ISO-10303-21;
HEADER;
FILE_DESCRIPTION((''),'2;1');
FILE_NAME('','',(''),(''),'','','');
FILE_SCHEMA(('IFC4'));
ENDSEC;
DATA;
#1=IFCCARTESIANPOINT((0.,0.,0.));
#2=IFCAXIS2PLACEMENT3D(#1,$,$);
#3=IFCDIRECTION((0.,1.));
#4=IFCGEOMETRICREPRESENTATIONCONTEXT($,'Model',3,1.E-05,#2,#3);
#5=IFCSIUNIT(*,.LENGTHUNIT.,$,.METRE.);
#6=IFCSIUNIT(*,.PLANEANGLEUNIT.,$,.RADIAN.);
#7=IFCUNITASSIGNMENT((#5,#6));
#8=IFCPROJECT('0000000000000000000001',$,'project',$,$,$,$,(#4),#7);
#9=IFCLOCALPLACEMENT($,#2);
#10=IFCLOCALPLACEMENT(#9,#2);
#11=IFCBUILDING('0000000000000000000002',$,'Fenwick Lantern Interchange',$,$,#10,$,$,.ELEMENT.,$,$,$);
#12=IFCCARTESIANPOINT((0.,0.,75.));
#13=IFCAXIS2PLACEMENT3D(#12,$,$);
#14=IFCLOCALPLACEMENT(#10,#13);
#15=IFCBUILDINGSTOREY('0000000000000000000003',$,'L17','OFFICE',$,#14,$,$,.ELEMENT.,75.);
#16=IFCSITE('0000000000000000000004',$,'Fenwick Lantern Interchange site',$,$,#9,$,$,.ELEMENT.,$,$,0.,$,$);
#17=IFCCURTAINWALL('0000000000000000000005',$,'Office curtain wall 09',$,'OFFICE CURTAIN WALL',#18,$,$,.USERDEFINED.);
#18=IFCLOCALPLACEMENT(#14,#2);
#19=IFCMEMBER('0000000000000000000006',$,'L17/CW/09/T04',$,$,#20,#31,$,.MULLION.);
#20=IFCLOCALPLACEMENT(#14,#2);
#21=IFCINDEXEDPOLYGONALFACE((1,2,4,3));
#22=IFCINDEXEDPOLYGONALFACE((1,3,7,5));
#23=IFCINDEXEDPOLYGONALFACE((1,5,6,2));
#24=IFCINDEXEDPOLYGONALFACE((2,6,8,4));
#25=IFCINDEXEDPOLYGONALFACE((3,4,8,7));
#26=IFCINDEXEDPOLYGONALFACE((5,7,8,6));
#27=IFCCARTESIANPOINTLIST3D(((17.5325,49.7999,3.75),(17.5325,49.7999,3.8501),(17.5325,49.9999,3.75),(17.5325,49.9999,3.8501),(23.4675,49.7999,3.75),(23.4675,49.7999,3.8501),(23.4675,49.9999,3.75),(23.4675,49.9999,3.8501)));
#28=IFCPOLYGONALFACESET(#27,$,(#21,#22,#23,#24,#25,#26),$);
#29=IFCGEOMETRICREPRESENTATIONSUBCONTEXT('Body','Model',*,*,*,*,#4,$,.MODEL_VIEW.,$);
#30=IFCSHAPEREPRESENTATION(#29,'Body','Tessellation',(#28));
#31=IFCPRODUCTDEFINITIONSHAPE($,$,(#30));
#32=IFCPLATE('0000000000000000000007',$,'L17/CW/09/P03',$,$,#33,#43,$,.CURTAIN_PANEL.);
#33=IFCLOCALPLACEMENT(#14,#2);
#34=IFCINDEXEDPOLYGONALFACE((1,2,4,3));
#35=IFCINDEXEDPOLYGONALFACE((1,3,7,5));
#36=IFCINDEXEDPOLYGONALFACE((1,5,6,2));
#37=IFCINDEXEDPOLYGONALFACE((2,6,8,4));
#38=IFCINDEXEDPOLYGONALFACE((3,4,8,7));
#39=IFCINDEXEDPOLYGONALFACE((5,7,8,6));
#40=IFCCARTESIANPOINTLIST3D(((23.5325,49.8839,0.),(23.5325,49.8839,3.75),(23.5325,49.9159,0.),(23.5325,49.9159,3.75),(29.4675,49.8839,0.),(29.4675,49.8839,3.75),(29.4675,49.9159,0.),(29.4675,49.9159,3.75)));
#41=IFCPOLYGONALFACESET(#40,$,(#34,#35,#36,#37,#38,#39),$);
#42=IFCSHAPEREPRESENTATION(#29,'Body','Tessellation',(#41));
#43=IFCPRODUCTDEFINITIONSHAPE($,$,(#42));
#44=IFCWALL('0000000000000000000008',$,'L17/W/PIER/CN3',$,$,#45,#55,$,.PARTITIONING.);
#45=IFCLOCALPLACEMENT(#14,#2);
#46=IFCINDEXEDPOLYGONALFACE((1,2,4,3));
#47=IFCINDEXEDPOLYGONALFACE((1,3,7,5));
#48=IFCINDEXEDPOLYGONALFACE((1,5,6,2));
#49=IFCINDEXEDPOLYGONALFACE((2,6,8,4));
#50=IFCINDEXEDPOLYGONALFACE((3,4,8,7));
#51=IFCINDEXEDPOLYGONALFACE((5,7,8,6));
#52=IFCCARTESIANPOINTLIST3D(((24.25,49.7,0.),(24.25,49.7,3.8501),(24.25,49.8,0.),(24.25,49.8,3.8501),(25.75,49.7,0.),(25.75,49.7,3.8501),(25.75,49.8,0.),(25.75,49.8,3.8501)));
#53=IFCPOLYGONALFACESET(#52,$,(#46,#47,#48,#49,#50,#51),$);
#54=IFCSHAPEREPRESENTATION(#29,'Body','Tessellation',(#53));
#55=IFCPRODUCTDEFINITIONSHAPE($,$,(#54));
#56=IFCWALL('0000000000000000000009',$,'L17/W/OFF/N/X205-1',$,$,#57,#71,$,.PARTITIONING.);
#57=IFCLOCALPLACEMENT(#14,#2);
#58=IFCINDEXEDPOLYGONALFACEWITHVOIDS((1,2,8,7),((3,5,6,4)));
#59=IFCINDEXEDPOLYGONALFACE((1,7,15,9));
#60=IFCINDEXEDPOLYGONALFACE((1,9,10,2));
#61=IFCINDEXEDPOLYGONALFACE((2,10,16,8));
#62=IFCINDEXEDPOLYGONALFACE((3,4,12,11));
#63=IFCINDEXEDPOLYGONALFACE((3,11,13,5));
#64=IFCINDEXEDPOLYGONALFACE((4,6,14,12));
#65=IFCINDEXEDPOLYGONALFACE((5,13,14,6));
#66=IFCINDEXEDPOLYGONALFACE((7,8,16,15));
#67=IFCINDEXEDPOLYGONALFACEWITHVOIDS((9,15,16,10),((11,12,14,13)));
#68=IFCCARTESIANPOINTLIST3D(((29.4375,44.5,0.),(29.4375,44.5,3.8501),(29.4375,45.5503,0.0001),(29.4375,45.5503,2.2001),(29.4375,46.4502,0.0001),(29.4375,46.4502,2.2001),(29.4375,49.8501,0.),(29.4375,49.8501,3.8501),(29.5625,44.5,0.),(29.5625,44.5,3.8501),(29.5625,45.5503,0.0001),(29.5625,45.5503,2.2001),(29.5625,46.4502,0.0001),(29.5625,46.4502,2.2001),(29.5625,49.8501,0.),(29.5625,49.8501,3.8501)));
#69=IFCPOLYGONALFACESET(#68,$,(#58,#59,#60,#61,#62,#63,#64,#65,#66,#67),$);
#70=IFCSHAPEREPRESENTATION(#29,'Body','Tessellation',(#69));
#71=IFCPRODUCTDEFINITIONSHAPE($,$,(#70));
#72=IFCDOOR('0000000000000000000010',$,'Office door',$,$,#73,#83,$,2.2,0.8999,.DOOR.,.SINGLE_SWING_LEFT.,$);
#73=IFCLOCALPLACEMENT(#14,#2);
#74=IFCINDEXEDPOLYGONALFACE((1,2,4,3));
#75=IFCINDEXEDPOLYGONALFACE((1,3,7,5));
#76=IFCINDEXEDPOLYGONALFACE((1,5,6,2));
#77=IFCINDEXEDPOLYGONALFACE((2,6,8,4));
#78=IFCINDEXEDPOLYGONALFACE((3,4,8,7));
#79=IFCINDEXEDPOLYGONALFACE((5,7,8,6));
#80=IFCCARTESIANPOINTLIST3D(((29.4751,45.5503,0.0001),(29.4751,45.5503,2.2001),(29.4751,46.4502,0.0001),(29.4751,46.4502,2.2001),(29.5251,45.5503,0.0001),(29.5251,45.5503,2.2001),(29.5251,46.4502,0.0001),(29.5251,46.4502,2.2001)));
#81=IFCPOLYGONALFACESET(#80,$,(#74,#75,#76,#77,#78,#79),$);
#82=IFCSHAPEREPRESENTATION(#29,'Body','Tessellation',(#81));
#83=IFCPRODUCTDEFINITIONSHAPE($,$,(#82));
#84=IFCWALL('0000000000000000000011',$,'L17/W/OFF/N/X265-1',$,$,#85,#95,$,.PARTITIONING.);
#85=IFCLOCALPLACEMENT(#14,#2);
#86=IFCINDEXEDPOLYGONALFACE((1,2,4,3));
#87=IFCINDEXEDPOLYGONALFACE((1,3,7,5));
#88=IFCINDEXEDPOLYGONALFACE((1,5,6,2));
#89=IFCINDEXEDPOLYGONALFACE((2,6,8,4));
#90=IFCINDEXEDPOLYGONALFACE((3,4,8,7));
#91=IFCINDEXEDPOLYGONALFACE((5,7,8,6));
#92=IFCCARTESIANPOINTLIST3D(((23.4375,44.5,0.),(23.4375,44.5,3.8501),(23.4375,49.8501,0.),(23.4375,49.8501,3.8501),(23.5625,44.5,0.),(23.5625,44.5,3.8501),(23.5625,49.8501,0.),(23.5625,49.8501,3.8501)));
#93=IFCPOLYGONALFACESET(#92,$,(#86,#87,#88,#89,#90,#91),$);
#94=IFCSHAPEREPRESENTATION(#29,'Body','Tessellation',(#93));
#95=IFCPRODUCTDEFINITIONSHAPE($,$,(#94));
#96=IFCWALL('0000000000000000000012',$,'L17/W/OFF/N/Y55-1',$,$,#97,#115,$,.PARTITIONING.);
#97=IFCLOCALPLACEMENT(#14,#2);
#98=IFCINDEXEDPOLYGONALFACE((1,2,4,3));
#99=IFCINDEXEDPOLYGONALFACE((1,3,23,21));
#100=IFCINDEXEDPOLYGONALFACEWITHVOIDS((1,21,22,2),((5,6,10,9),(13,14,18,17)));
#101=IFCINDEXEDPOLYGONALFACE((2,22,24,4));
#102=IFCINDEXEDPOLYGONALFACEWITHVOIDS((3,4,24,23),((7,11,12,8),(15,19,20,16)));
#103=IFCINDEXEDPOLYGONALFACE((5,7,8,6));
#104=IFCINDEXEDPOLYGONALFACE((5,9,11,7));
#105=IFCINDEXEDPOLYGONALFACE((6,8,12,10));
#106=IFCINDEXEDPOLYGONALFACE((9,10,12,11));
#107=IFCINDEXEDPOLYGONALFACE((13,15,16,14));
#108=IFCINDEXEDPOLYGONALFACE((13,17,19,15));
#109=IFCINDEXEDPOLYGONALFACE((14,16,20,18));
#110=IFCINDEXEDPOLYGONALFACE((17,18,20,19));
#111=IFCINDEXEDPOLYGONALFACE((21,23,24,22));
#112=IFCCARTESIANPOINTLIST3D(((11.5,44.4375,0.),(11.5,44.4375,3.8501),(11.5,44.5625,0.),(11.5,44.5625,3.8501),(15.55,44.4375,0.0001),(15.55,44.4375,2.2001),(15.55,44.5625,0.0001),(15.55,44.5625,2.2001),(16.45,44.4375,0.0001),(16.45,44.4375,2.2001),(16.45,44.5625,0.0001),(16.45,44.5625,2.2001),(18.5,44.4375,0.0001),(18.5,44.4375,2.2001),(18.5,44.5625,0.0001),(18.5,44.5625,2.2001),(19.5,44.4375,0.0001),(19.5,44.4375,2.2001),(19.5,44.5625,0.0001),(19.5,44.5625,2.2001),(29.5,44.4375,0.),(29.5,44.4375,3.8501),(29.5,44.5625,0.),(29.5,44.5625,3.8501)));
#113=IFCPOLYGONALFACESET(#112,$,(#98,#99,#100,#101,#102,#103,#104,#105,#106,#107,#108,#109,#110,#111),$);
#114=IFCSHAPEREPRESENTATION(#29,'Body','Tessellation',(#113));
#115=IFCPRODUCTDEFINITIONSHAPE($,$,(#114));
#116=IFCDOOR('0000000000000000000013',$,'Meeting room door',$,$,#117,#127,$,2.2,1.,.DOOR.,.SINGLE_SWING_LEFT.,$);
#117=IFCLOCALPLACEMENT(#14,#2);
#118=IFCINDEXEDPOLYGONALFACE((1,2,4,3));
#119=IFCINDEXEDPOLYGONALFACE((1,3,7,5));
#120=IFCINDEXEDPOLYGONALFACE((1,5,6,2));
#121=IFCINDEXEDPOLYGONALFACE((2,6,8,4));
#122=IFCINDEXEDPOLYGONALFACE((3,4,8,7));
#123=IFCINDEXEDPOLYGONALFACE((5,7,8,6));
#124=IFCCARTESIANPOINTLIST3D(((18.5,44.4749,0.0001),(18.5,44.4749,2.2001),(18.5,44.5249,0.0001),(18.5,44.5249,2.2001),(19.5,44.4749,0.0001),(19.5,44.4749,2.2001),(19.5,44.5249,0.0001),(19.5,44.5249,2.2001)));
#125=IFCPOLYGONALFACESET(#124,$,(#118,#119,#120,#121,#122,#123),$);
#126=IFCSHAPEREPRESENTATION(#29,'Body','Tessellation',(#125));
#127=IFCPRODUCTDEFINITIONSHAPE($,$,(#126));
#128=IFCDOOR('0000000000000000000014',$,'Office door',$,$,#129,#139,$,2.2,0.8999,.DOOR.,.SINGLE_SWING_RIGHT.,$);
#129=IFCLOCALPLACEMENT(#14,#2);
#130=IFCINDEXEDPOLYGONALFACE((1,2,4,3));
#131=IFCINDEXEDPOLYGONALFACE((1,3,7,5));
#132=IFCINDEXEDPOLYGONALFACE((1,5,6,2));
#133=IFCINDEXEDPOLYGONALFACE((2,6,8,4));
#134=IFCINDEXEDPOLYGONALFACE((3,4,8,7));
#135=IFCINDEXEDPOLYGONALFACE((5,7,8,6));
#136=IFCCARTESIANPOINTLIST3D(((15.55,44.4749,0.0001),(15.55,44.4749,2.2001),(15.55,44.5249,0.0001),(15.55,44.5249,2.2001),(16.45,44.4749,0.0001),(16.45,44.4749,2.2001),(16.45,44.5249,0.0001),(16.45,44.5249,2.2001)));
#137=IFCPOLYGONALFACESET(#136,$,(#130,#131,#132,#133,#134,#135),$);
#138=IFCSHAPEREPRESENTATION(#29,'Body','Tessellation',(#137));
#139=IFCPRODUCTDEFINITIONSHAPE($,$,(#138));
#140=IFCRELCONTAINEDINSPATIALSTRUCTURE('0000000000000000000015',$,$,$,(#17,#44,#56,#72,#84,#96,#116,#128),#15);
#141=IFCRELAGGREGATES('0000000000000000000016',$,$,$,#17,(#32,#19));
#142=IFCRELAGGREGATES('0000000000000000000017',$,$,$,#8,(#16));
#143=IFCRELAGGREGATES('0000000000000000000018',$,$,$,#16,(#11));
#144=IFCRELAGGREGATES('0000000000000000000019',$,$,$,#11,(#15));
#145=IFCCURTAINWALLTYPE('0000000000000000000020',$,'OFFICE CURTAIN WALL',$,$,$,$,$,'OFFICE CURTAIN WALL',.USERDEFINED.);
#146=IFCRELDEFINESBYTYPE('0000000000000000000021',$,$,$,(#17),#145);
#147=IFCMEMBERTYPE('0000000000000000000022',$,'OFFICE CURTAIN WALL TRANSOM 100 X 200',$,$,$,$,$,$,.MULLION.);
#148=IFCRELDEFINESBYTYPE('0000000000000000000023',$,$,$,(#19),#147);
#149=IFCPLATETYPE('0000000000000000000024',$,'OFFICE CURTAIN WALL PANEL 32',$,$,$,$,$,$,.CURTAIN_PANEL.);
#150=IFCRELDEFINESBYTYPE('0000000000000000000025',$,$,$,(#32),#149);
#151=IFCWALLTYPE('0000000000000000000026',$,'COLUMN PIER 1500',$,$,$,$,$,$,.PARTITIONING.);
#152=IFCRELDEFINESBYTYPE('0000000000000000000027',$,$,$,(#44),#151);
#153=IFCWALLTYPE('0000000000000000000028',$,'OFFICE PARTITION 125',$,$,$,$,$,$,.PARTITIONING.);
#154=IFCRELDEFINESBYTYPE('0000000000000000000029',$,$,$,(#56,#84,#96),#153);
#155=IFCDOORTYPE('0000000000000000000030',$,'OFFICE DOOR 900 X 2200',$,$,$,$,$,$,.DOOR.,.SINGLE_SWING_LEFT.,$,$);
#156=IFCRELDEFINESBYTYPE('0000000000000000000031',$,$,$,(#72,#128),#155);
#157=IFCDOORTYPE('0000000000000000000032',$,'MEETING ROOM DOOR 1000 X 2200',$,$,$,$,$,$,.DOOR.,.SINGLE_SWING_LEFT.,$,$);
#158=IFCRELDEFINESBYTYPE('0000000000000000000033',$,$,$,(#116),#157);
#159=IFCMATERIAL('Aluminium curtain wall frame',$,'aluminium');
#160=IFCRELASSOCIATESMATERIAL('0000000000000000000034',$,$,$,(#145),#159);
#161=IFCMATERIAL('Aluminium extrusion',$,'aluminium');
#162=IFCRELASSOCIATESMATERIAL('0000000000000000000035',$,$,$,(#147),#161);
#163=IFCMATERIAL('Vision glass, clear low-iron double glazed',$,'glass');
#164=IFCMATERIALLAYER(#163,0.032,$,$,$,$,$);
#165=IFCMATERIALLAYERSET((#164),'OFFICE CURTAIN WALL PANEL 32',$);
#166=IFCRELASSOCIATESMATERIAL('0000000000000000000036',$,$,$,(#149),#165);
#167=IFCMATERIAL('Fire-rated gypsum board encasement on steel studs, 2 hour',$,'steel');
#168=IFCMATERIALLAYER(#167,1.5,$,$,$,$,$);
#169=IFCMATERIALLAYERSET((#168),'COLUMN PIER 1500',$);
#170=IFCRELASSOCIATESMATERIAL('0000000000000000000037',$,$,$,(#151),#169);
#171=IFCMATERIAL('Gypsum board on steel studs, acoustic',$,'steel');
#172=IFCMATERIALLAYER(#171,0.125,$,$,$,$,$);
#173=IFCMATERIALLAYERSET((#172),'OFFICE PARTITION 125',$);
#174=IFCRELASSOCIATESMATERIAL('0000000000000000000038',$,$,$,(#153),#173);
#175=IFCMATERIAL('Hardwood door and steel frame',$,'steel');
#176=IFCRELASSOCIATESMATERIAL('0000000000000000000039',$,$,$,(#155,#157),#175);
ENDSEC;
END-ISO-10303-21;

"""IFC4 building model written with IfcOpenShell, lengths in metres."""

from ifc_helpers import new_model, si_unit, direction, frame, frame_2d, origin, origin_2d, place, context, subcontext, project, spatial, rectangle, extrude, material, layer, layer_set, material_profile, profile_set, type_object, element, fill, aggregate, save


model = new_model("IFC4")

# Units and contexts
model_context = context("Model", 3, precision=1e-05, world=origin(), true_north=direction((0.0, 1.0)))
body_context = subcontext(model_context, "Body", "Model", "MODEL_VIEW")
ifc_project = project(units=[si_unit("LENGTHUNIT", "METRE"), si_unit("PLANEANGLEUNIT", "RADIAN")], contexts=[model_context])

# Site, building, storey
site_placement = place(None, origin())
site = spatial("IfcSite", under=ifc_project, at=site_placement, Name="Fenwick Lantern Interchange site", CompositionType="ELEMENT", RefElevation=0.0)
building_placement = place(site_placement, origin())
building = spatial("IfcBuilding", under=site, at=building_placement, Name="Fenwick Lantern Interchange", CompositionType="ELEMENT")
storey_placement = place(building_placement, frame((0.0, 0.0, 75.0)))
storey = spatial("IfcBuildingStorey", under=building, at=storey_placement, Name="L17", Description="OFFICE", CompositionType="ELEMENT", Elevation=75.0)

# Curtain wall, member, plate
ifc_material_1 = material(Name="Aluminium curtain wall frame", Category="aluminium")
curtain_wall_type = type_object("IfcCurtainWallType", Name="OFFICE CURTAIN WALL", ElementType="OFFICE CURTAIN WALL", PredefinedType="USERDEFINED", material=ifc_material_1)
curtain_wall_placement = place(storey_placement, origin())
curtain_wall = element("IfcCurtainWall", 1, at=curtain_wall_placement, inside=storey, type_object=curtain_wall_type, Name="Office curtain wall 09", ObjectType="OFFICE CURTAIN WALL", PredefinedType="USERDEFINED")
ifc_material_2 = material(Name="Aluminium extrusion", Category="aluminium")
ifc_material_profile_1 = material_profile(ifc_material_2, rectangle(XDim=0.2, YDim=0.1001, at=origin_2d()), Name="OFFICE CURTAIN WALL TRANSOM 100 X 200")
ifc_profile_set_1 = profile_set([ifc_material_profile_1], Name="Aluminium extrusion")
member_type_1 = type_object("IfcMemberType", Name="OFFICE CURTAIN WALL TRANSOM 100 X 200", PredefinedType="MULLION", material=ifc_profile_set_1)
member_1_placement = place(storey_placement, frame((23.4675, 49.8999, 3.8), z_axis=(-1.0, 0.0, 0.0), x_axis=(0.0, -1.0, 0.0)))
member_1 = element("IfcMember", 2, at=member_1_placement, type_object=member_type_1, Name="L17/CW/09/T04", PredefinedType="MULLION", context=body_context, shape_type="SweptSolid", body=[
    extrude(rectangle(XDim=0.2, YDim=0.1001, at=origin_2d()), origin(), (0.0, 0.0, 1.0), 5.9351),
])
ifc_material_3 = material(Name="Vision glass, clear low-iron double glazed", Category="glass")
ifc_layer_1 = layer(ifc_material_3, 0.032)
ifc_layer_set_1 = layer_set([ifc_layer_1], Name="OFFICE CURTAIN WALL PANEL 32")
plate_type = type_object("IfcPlateType", Name="OFFICE CURTAIN WALL PANEL 32", PredefinedType="CURTAIN_PANEL", material=ifc_layer_set_1)
plate_placement = place(storey_placement, frame((26.5, 49.8999, 0.0), z_axis=(0.0, 0.0, 1.0), x_axis=(-1.0, 0.0, 0.0)))
plate = element("IfcPlate", 3, at=plate_placement, type_object=plate_type, Name="L17/CW/09/P03", PredefinedType="CURTAIN_PANEL", context=body_context, shape_type="SweptSolid", body=[
    extrude(rectangle(XDim=5.9351, YDim=0.032, at=origin_2d()), origin(), (0.0, 0.0, 1.0), 3.75),
])
aggregate(curtain_wall, [plate, member_1])

# Wall
ifc_material_4 = material(Name="Fire-rated gypsum board encasement on steel studs, 2 hour", Category="steel")
ifc_layer_2 = layer(ifc_material_4, 1.5)
ifc_layer_set_2 = layer_set([ifc_layer_2], Name="COLUMN PIER 1500")
wall_type_1 = type_object("IfcWallType", Name="COLUMN PIER 1500", PredefinedType="PARTITIONING", material=ifc_layer_set_2)
wall_1_placement = place(storey_placement, frame((25.0, 49.8, 0.0), z_axis=(0.0, 0.0, 1.0), x_axis=(0.0, -1.0, 0.0)))
element("IfcWall", 4, at=wall_1_placement, inside=storey, type_object=wall_type_1, Name="L17/W/PIER/CN3", PredefinedType="PARTITIONING", context=body_context, shape_type="SweptSolid", body=[
    extrude(rectangle(XDim=0.1001, YDim=1.5, at=frame_2d((0.05, 0.0))), origin(), (0.0, 0.0, 1.0), 3.8501),
])

# Wall, opening, door
ifc_material_5 = material(Name="Gypsum board on steel studs, acoustic", Category="steel")
ifc_layer_3 = layer(ifc_material_5, 0.125)
ifc_layer_set_3 = layer_set([ifc_layer_3], Name="OFFICE PARTITION 125")
wall_type_2 = type_object("IfcWallType", Name="OFFICE PARTITION 125", PredefinedType="PARTITIONING", material=ifc_layer_set_3)
wall_2_placement = place(storey_placement, frame((29.5, 49.8501, 0.0), z_axis=(0.0, 0.0, 1.0), x_axis=(0.0, -1.0, 0.0)))
wall_2 = element("IfcWall", 5, at=wall_2_placement, inside=storey, type_object=wall_type_2, Name="L17/W/OFF/N/X205-1", PredefinedType="PARTITIONING", context=body_context, shape_type="SweptSolid", body=[
    extrude(rectangle(XDim=5.3501, YDim=0.125, at=frame_2d((2.675, 0.0))), origin(), (0.0, 0.0, 1.0), 3.8501),
])
opening_1_placement = place(wall_2_placement, frame((3.3999, 0.0, 0.0)))
opening_1 = element("IfcOpeningElement", 6, at=opening_1_placement, cuts=wall_2, PredefinedType="OPENING", context=body_context, shape_type="SweptSolid", body=[
    extrude(rectangle(XDim=0.8999, YDim=2.2, at=frame_2d((0.45, 1.1001))), frame((0.0, 0.0725, 0.0), z_axis=(0.0, -1.0, 0.0), x_axis=(1.0, 0.0, 0.0)), (0.0, 0.0, 1.0), 0.145),
])
ifc_material_6 = material(Name="Hardwood door and steel frame", Category="steel")
door_type_1 = type_object("IfcDoorType", Name="OFFICE DOOR 900 X 2200", OperationType="SINGLE_SWING_LEFT", PredefinedType="DOOR", material=ifc_material_6)
door_1_placement = place(opening_1_placement, frame((0.8999, 0.0, 0.0), z_axis=(0.0, 0.0, 1.0), x_axis=(-1.0, 0.0, 0.0)))
door_1 = element("IfcDoor", 7, at=door_1_placement, inside=storey, type_object=door_type_1, Name="Office door", OperationType="SINGLE_SWING_LEFT", OverallHeight=2.2, OverallWidth=0.8999, PredefinedType="DOOR", context=body_context, shape_type="SweptSolid", body=[
    extrude(rectangle(XDim=0.8999, YDim=2.2, at=frame_2d((0.45, 1.1001))), frame((0.0, 0.0249, 0.0), z_axis=(0.0, -1.0, 0.0), x_axis=(1.0, 0.0, 0.0)), (0.0, 0.0, 1.0), 0.05),
])
fill(opening_1, door_1)

# Wall
wall_3_placement = place(storey_placement, frame((23.5, 49.8501, 0.0), z_axis=(0.0, 0.0, 1.0), x_axis=(0.0, -1.0, 0.0)))
element("IfcWall", 8, at=wall_3_placement, inside=storey, type_object=wall_type_2, Name="L17/W/OFF/N/X265-1", PredefinedType="PARTITIONING", context=body_context, shape_type="SweptSolid", body=[
    extrude(rectangle(XDim=5.3501, YDim=0.125, at=frame_2d((2.675, 0.0))), origin(), (0.0, 0.0, 1.0), 3.8501),
])

# Wall, openings, doors
wall_4_placement = place(storey_placement, frame((29.5, 44.5, 0.0), z_axis=(0.0, 0.0, 1.0), x_axis=(-1.0, 0.0, 0.0)))
wall_4 = element("IfcWall", 9, at=wall_4_placement, inside=storey, type_object=wall_type_2, Name="L17/W/OFF/N/Y55-1", PredefinedType="PARTITIONING", context=body_context, shape_type="SweptSolid", body=[
    extrude(rectangle(XDim=18.0, YDim=0.125, at=frame_2d((9.0, 0.0))), origin(), (0.0, 0.0, 1.0), 3.8501),
])
opening_2_placement = place(wall_4_placement, frame((10.0, 0.0, 0.0)))
opening_2 = element("IfcOpeningElement", 10, at=opening_2_placement, cuts=wall_4, PredefinedType="OPENING", context=body_context, shape_type="SweptSolid", body=[
    extrude(rectangle(XDim=1.0, YDim=2.2, at=frame_2d((0.5, 1.1001))), frame((0.0, 0.0725, 0.0), z_axis=(0.0, -1.0, 0.0), x_axis=(1.0, 0.0, 0.0)), (0.0, 0.0, 1.0), 0.145),
])
opening_3_placement = place(wall_4_placement, frame((13.05, 0.0, 0.0)))
opening_3 = element("IfcOpeningElement", 11, at=opening_3_placement, cuts=wall_4, PredefinedType="OPENING", context=body_context, shape_type="SweptSolid", body=[
    extrude(rectangle(XDim=0.8999, YDim=2.2, at=frame_2d((0.45, 1.1001))), frame((0.0, 0.0725, 0.0), z_axis=(0.0, -1.0, 0.0), x_axis=(1.0, 0.0, 0.0)), (0.0, 0.0, 1.0), 0.145),
])
door_type_2 = type_object("IfcDoorType", Name="MEETING ROOM DOOR 1000 X 2200", OperationType="SINGLE_SWING_LEFT", PredefinedType="DOOR", material=ifc_material_6)
door_2_placement = place(opening_2_placement, frame((1.0, 0.0, 0.0), z_axis=(0.0, 0.0, 1.0), x_axis=(-1.0, 0.0, 0.0)))
door_2 = element("IfcDoor", 12, at=door_2_placement, inside=storey, type_object=door_type_2, Name="Meeting room door", OperationType="SINGLE_SWING_LEFT", OverallHeight=2.2, OverallWidth=1.0, PredefinedType="DOOR", context=body_context, shape_type="SweptSolid", body=[
    extrude(rectangle(XDim=1.0, YDim=2.2, at=frame_2d((0.5, 1.1001))), frame((0.0, 0.0249, 0.0), z_axis=(0.0, -1.0, 0.0), x_axis=(1.0, 0.0, 0.0)), (0.0, 0.0, 1.0), 0.05),
])
fill(opening_2, door_2)
door_3_placement = place(opening_3_placement, frame((0.8999, 0.0, 0.0), z_axis=(0.0, 0.0, 1.0), x_axis=(-1.0, 0.0, 0.0)))
door_3 = element("IfcDoor", 13, at=door_3_placement, inside=storey, type_object=door_type_1, Name="Office door", OperationType="SINGLE_SWING_RIGHT", OverallHeight=2.2, OverallWidth=0.8999, PredefinedType="DOOR", context=body_context, shape_type="SweptSolid", body=[
    extrude(rectangle(XDim=0.8999, YDim=2.2, at=frame_2d((0.45, 1.1001))), frame((0.0, 0.0249, 0.0), z_axis=(0.0, -1.0, 0.0), x_axis=(1.0, 0.0, 0.0)), (0.0, 0.0, 1.0), 0.05),
])
fill(opening_3, door_3)

save(model, "model.ifc")
